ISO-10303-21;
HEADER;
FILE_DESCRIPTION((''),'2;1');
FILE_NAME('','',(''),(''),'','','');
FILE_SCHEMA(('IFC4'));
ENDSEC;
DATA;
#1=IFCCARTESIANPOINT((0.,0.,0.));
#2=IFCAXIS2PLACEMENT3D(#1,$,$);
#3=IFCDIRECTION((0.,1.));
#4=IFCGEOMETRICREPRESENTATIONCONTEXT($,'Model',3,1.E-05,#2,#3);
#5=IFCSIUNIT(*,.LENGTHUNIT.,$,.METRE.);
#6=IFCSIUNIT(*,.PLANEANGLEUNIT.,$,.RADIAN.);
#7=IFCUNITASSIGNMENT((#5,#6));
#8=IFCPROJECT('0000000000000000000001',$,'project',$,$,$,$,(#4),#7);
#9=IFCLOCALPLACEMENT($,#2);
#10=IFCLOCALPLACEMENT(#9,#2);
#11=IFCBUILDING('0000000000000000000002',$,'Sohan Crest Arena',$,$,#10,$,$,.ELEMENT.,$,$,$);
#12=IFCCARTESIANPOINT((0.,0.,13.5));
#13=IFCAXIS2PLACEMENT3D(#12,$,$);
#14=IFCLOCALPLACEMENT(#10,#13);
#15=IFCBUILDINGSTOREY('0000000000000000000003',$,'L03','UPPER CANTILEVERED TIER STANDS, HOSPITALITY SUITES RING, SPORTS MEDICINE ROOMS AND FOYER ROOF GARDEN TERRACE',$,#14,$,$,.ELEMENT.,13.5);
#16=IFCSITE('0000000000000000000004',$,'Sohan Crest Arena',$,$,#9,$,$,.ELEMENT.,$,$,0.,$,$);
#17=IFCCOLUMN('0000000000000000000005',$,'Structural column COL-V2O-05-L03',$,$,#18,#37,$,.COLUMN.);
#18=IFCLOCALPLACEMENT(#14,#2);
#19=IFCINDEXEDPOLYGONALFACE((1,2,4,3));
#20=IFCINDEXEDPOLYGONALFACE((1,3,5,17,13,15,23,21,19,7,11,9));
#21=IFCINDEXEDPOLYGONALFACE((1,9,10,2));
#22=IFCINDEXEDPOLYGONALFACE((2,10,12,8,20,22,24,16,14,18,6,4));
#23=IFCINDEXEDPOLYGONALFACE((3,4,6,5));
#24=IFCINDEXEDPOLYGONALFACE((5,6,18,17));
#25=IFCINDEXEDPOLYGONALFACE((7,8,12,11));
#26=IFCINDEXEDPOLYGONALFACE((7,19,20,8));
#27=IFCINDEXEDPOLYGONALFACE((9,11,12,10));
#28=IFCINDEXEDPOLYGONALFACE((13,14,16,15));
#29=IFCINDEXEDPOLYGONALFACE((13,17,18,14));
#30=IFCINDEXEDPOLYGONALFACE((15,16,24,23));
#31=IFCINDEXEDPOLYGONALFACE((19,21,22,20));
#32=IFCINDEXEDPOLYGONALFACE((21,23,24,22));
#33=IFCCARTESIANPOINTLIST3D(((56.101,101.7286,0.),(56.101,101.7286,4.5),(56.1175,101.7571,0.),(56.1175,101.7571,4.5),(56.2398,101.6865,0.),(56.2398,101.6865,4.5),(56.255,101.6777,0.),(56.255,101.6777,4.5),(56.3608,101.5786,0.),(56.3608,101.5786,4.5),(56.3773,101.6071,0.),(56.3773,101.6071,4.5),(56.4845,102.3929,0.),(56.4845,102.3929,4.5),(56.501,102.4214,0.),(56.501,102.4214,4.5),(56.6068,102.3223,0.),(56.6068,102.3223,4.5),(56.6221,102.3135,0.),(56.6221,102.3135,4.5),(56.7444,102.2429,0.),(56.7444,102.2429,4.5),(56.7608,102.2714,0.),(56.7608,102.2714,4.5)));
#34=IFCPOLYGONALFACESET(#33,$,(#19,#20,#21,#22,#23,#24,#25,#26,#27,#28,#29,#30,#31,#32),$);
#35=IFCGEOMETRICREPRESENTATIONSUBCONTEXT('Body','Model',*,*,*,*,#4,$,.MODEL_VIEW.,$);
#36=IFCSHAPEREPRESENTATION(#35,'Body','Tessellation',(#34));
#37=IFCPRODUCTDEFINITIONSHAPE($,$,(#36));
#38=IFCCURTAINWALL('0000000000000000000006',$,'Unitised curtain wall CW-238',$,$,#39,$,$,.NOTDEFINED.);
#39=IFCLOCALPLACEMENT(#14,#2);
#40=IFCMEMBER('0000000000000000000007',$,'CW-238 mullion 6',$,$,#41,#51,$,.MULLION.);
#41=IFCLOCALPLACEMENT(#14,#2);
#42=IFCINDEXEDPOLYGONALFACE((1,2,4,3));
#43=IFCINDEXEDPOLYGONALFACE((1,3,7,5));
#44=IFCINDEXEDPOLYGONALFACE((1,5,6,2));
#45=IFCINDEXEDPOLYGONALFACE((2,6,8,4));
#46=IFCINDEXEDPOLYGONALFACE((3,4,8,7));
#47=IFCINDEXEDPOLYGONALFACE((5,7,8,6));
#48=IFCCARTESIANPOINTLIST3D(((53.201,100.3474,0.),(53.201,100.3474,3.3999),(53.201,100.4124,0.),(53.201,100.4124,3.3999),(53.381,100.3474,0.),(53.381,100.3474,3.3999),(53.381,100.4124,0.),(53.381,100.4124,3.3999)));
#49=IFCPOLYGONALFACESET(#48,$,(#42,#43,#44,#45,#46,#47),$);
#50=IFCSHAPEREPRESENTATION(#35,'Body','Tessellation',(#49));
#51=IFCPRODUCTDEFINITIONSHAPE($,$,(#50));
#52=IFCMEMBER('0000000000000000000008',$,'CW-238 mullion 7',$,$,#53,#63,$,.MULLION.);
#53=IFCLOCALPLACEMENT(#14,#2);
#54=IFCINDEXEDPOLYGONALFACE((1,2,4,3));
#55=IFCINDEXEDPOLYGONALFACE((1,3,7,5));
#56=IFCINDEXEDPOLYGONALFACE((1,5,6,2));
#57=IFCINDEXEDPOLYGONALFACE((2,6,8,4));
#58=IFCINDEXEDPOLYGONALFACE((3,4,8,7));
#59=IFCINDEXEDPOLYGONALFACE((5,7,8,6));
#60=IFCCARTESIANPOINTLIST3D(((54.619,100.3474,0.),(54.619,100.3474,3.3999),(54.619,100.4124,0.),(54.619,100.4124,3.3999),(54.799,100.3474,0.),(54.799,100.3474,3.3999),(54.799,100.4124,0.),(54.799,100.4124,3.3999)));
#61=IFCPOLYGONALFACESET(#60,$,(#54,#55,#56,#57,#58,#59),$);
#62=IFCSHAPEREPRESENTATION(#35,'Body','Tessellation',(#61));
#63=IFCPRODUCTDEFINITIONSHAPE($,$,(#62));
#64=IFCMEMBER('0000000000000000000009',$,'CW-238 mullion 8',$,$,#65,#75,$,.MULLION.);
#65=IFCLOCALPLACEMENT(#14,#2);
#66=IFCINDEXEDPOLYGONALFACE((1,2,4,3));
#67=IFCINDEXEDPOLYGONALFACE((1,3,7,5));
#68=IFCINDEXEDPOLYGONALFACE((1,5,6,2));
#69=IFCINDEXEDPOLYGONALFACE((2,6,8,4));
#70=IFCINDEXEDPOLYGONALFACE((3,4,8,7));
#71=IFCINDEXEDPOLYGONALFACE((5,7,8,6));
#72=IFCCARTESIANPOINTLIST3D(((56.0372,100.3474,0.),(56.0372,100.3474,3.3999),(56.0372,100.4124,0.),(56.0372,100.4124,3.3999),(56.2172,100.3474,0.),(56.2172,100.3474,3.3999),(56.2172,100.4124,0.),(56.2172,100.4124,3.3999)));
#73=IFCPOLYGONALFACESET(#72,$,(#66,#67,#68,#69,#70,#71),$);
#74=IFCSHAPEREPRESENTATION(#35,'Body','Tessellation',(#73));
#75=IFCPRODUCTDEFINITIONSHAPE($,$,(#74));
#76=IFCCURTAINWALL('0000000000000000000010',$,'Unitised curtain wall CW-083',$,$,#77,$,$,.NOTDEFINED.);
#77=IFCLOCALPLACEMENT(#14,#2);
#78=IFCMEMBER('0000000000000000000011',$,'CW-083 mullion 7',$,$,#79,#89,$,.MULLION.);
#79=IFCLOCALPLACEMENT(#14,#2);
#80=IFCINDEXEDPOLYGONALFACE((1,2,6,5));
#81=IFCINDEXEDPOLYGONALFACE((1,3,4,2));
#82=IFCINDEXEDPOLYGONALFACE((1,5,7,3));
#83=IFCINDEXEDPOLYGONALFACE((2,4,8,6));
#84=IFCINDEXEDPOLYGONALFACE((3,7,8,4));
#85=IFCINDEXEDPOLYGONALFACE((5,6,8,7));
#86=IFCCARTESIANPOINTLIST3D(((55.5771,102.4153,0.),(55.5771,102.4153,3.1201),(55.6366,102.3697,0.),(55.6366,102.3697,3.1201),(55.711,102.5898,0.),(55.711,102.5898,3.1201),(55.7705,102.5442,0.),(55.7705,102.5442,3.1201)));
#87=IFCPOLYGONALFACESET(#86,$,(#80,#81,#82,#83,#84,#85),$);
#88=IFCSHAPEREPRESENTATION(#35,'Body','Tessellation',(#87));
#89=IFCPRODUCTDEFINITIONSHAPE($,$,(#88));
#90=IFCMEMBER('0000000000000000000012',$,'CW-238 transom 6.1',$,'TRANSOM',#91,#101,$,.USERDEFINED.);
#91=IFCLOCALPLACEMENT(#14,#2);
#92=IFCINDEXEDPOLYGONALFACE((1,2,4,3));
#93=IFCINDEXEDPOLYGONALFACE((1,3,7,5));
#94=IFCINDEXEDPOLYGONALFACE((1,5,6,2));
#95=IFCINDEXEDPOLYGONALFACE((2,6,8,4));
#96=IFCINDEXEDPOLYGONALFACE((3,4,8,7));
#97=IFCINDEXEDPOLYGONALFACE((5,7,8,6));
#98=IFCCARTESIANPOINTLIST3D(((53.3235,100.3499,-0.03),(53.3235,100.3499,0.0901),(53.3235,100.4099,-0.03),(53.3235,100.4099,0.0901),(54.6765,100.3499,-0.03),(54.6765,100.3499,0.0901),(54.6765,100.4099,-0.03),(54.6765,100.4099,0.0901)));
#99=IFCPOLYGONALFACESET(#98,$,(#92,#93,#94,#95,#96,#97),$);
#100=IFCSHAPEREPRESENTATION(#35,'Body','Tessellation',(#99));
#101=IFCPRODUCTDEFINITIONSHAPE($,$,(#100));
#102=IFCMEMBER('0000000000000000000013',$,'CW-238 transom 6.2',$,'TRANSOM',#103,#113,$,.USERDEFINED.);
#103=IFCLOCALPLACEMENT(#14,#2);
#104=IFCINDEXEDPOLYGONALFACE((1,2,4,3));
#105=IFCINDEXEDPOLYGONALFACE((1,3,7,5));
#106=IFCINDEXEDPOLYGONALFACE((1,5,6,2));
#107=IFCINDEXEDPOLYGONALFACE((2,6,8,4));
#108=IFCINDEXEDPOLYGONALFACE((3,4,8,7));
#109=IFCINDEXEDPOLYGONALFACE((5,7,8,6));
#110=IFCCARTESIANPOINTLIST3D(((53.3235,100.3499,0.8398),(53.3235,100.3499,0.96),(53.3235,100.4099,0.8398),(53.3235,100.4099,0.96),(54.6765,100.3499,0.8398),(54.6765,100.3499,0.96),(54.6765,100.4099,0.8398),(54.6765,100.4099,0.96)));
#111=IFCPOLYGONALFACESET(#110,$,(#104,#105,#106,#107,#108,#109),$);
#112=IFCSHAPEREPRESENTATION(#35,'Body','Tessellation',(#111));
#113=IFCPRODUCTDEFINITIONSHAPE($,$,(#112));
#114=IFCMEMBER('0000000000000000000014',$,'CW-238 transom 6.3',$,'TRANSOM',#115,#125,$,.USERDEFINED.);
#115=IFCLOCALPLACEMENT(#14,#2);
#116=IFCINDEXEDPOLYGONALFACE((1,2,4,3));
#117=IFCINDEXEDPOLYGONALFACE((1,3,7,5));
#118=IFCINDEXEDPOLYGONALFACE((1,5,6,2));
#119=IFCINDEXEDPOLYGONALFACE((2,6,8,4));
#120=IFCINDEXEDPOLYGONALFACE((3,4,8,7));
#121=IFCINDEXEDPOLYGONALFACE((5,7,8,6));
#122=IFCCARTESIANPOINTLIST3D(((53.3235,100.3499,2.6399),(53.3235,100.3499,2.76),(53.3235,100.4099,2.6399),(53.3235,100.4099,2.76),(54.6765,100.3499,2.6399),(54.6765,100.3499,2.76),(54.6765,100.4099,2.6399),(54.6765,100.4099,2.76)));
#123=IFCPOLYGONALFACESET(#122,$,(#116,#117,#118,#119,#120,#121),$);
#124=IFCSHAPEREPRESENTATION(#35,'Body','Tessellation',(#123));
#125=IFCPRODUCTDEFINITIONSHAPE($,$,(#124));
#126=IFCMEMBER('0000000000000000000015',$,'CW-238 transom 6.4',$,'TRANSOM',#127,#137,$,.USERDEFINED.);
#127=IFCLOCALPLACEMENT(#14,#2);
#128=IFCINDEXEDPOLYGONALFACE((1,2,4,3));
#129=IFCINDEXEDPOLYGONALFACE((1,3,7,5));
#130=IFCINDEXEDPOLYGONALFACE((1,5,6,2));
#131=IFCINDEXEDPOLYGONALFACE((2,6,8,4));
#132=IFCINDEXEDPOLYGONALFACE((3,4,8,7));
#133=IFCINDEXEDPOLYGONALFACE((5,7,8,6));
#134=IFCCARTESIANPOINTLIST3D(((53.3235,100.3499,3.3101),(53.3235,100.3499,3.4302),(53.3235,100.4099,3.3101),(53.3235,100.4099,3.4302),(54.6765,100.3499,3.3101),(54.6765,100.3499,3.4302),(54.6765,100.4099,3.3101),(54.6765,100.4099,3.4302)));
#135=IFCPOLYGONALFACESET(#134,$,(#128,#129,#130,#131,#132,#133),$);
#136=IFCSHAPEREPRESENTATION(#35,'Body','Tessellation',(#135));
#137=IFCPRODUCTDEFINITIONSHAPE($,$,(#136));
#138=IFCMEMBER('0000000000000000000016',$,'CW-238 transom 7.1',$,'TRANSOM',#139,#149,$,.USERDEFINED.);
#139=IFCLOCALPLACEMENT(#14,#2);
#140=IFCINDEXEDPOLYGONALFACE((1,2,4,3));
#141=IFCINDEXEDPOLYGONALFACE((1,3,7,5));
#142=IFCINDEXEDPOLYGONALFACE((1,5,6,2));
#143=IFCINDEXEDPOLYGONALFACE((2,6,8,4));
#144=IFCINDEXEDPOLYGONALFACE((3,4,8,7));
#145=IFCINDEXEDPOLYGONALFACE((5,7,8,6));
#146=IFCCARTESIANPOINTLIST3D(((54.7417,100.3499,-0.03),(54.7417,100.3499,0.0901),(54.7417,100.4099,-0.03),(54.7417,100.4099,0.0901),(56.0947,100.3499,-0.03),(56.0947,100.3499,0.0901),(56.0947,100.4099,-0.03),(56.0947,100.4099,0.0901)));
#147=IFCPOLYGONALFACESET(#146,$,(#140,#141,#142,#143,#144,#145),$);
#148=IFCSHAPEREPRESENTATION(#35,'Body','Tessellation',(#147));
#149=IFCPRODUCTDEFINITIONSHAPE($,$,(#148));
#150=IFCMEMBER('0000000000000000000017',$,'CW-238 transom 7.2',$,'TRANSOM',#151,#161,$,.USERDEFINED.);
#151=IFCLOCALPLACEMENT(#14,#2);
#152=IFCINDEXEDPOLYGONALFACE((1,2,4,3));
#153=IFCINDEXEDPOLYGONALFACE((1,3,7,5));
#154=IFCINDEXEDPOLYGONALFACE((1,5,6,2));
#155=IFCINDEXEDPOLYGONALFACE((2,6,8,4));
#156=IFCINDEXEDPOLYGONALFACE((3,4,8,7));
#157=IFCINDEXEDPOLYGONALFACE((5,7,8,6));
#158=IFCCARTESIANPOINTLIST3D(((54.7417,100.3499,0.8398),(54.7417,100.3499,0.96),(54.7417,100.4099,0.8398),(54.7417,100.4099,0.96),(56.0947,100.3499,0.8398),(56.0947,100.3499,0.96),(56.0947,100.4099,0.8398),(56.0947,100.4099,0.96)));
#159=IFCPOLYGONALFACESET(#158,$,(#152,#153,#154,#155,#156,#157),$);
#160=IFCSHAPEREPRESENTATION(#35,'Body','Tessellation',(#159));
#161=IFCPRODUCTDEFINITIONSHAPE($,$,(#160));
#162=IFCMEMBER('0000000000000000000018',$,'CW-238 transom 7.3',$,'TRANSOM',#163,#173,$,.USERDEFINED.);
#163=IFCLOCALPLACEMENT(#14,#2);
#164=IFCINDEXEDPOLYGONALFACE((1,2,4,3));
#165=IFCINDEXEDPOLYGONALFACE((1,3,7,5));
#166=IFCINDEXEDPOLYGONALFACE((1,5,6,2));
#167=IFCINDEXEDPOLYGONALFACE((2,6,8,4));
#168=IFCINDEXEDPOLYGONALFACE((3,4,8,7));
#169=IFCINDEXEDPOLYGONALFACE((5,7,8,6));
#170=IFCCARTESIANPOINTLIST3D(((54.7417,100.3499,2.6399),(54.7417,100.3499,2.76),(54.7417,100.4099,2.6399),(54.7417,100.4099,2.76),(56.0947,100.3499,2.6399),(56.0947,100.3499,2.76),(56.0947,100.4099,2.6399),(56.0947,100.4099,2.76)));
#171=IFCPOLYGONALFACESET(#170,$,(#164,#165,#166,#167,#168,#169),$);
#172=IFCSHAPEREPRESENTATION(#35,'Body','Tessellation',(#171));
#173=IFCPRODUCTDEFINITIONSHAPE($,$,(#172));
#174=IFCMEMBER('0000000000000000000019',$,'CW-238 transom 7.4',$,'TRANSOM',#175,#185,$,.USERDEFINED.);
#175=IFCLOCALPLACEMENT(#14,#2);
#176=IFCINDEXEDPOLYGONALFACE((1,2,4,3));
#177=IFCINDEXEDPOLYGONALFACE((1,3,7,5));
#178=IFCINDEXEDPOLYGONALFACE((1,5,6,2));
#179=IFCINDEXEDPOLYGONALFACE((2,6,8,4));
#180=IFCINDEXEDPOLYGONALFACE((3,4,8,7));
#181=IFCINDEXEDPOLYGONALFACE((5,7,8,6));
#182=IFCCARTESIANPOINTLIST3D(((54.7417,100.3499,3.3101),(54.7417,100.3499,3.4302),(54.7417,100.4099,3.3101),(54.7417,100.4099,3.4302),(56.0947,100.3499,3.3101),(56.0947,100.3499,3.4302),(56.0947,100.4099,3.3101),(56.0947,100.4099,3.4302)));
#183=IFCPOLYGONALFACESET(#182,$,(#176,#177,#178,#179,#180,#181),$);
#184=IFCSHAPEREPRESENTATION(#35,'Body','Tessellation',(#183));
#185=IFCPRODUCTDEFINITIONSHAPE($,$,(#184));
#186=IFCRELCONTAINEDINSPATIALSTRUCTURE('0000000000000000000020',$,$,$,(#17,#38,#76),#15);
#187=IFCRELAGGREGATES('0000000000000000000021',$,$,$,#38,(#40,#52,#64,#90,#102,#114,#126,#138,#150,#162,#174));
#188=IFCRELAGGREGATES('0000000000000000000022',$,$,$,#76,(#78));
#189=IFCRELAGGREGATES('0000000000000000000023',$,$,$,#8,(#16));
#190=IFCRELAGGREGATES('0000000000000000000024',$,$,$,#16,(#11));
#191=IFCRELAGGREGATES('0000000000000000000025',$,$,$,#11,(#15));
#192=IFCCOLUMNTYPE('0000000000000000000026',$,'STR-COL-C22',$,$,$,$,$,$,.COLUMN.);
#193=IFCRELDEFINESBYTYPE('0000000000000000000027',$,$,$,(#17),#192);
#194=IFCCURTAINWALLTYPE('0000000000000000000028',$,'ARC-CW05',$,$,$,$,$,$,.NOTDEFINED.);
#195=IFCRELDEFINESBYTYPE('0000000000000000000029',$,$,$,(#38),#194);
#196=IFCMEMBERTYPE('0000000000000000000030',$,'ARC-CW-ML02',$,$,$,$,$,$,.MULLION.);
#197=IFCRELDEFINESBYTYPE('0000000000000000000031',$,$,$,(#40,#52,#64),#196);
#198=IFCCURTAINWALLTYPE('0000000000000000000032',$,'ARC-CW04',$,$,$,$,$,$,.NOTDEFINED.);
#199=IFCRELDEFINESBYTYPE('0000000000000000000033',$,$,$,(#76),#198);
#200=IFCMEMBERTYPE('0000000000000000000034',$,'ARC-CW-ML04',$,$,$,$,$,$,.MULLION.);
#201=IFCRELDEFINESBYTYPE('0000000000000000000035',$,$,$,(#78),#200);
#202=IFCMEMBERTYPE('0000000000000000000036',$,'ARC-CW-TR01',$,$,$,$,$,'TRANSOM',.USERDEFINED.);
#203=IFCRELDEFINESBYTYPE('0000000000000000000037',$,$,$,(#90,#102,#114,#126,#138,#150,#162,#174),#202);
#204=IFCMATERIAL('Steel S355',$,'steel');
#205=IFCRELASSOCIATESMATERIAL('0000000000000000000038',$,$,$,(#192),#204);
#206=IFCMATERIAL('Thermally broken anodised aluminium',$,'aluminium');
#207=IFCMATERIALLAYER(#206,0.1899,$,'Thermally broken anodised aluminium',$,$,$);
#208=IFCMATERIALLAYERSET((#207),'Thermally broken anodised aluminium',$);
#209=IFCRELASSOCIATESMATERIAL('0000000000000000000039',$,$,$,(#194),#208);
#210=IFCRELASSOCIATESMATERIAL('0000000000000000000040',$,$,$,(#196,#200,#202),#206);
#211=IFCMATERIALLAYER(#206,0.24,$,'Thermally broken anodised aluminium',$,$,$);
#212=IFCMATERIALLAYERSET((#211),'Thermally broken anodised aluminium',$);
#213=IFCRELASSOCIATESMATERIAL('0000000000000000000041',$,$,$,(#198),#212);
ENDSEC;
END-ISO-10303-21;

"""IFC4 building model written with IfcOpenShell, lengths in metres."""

from ifc_helpers import new_model, si_unit, direction, frame, origin, origin_2d, place, context, subcontext, project, spatial, rectangle, i_section, extrude, material, layer, layer_set, material_profile, profile_set, type_object, element, aggregate, save


model = new_model("IFC4")

# Units and contexts
model_context = context("Model", 3, precision=1e-05, world=origin(), true_north=direction((0.0, 1.0)))
body_context = subcontext(model_context, "Body", "Model", "MODEL_VIEW")
ifc_project = project(units=[si_unit("LENGTHUNIT", "METRE"), si_unit("PLANEANGLEUNIT", "RADIAN")], contexts=[model_context])

# Site, building, storey
site_placement = place(None, origin())
site = spatial("IfcSite", under=ifc_project, at=site_placement, Name="Sohan Crest Arena", CompositionType="ELEMENT", RefElevation=0.0)
building_placement = place(site_placement, origin())
building = spatial("IfcBuilding", under=site, at=building_placement, Name="Sohan Crest Arena", CompositionType="ELEMENT")
storey_placement = place(building_placement, frame((0.0, 0.0, 13.5)))
storey = spatial("IfcBuildingStorey", under=building, at=storey_placement, Name="L03", Description="UPPER CANTILEVERED TIER STANDS, HOSPITALITY SUITES RING, SPORTS MEDICINE ROOMS AND FOYER ROOF GARDEN TERRACE", CompositionType="ELEMENT", Elevation=13.5)

# Column
ifc_material_1 = material(Name="Steel S355", Category="steel")
ifc_material_profile_1 = material_profile(ifc_material_1, i_section(OverallWidth=0.3, OverallDepth=0.8, WebThickness=0.0176, FlangeThickness=0.033, at=origin_2d()), Name="HEB 800")
ifc_profile_set_1 = profile_set([ifc_material_profile_1], Name="Steel S355")
column_type = type_object("IfcColumnType", Name="STR-COL-C22", PredefinedType="COLUMN", material=ifc_profile_set_1)
column_placement = place(storey_placement, frame((56.4309, 102.0, 0.0), z_axis=(0.0, 0.0, 1.0), x_axis=(-0.866025, 0.5, 0.0)))
element("IfcColumn", 1, at=column_placement, inside=storey, type_object=column_type, Name="Structural column COL-V2O-05-L03", PredefinedType="COLUMN", context=body_context, shape_type="SweptSolid", body=[
    extrude(i_section(OverallWidth=0.3, OverallDepth=0.8, WebThickness=0.0176, FlangeThickness=0.033, at=origin_2d()), origin(), (0.0, 0.0, 1.0), 4.5),
])

# Curtain wall, members
ifc_material_2 = material(Name="Thermally broken anodised aluminium", Category="aluminium")
ifc_layer_1 = layer(ifc_material_2, 0.1899, Name="Thermally broken anodised aluminium")
ifc_layer_set_1 = layer_set([ifc_layer_1], Name="Thermally broken anodised aluminium")
curtain_wall_type_1 = type_object("IfcCurtainWallType", Name="ARC-CW05", PredefinedType="NOTDEFINED", material=ifc_layer_set_1)
curtain_wall_1_placement = place(storey_placement, origin())
curtain_wall_1 = element("IfcCurtainWall", 2, at=curtain_wall_1_placement, inside=storey, type_object=curtain_wall_type_1, Name="Unitised curtain wall CW-238", PredefinedType="NOTDEFINED")
ifc_material_profile_2 = material_profile(ifc_material_2, rectangle(XDim=0.0649, YDim=0.1799, at=origin_2d()), Name="ALU-MULL 65x180")
ifc_profile_set_2 = profile_set([ifc_material_profile_2], Name="Thermally broken anodised aluminium")
member_type_1 = type_object("IfcMemberType", Name="ARC-CW-ML02", PredefinedType="MULLION", material=ifc_profile_set_2)
member_1_placement = place(storey_placement, frame((53.291, 100.3799, 0.0), z_axis=(0.0, 0.0, 1.0), x_axis=(0.0, 1.0, 0.0)))
member_1 = element("IfcMember", 3, at=member_1_placement, type_object=member_type_1, Name="CW-238 mullion 6", PredefinedType="MULLION", context=body_context, shape_type="SweptSolid", body=[
    extrude(rectangle(XDim=0.0649, YDim=0.1799, at=origin_2d()), origin(), (0.0, 0.0, 1.0), 3.3999),
])
member_2_placement = place(storey_placement, frame((54.709, 100.3799, 0.0), z_axis=(0.0, 0.0, 1.0), x_axis=(0.0, 1.0, 0.0)))
member_2 = element("IfcMember", 4, at=member_2_placement, type_object=member_type_1, Name="CW-238 mullion 7", PredefinedType="MULLION", context=body_context, shape_type="SweptSolid", body=[
    extrude(rectangle(XDim=0.0649, YDim=0.1799, at=origin_2d()), origin(), (0.0, 0.0, 1.0), 3.3999),
])
member_3_placement = place(storey_placement, frame((56.1272, 100.3799, 0.0), z_axis=(0.0, 0.0, 1.0), x_axis=(0.0, 1.0, 0.0)))
member_3 = element("IfcMember", 5, at=member_3_placement, type_object=member_type_1, Name="CW-238 mullion 8", PredefinedType="MULLION", context=body_context, shape_type="SweptSolid", body=[
    extrude(rectangle(XDim=0.0649, YDim=0.1799, at=origin_2d()), origin(), (0.0, 0.0, 1.0), 3.3999),
])

# Curtain wall, member
ifc_layer_2 = layer(ifc_material_2, 0.24, Name="Thermally broken anodised aluminium")
ifc_layer_set_2 = layer_set([ifc_layer_2], Name="Thermally broken anodised aluminium")
curtain_wall_type_2 = type_object("IfcCurtainWallType", Name="ARC-CW04", PredefinedType="NOTDEFINED", material=ifc_layer_set_2)
curtain_wall_2_placement = place(storey_placement, origin())
curtain_wall_2 = element("IfcCurtainWall", 6, at=curtain_wall_2_placement, inside=storey, type_object=curtain_wall_type_2, Name="Unitised curtain wall CW-083", PredefinedType="NOTDEFINED")
ifc_material_profile_3 = material_profile(ifc_material_2, rectangle(XDim=0.075, YDim=0.22, at=origin_2d()), Name="ALU-MULL 75x220")
ifc_profile_set_3 = profile_set([ifc_material_profile_3], Name="Thermally broken anodised aluminium")
member_type_2 = type_object("IfcMemberType", Name="ARC-CW-ML04", PredefinedType="MULLION", material=ifc_profile_set_3)
member_4_placement = place(storey_placement, frame((55.6738, 102.4797, 0.0), z_axis=(0.0, 0.0, 1.0), x_axis=(0.793372, -0.608737, 0.0)))
member_4 = element("IfcMember", 7, at=member_4_placement, type_object=member_type_2, Name="CW-083 mullion 7", PredefinedType="MULLION", context=body_context, shape_type="SweptSolid", body=[
    extrude(rectangle(XDim=0.075, YDim=0.22, at=origin_2d()), origin(), (0.0, 0.0, 1.0), 3.1201),
])

# Members
ifc_material_profile_4 = material_profile(ifc_material_2, rectangle(XDim=0.0601, YDim=0.1201, at=origin_2d()), Name="ALU-TRAN 60x120")
ifc_profile_set_4 = profile_set([ifc_material_profile_4], Name="Thermally broken anodised aluminium")
member_type_3 = type_object("IfcMemberType", Name="ARC-CW-TR01", ElementType="TRANSOM", PredefinedType="USERDEFINED", material=ifc_profile_set_4)
member_5_placement = place(storey_placement, frame((53.3235, 100.3799, 0.03), z_axis=(1.0, 0.0, 0.0), x_axis=(0.0, 1.0, 0.0)))
member_5 = element("IfcMember", 8, at=member_5_placement, type_object=member_type_3, Name="CW-238 transom 6.1", ObjectType="TRANSOM", PredefinedType="USERDEFINED", context=body_context, shape_type="SweptSolid", body=[
    extrude(rectangle(XDim=0.0601, YDim=0.1201, at=origin_2d()), origin(), (0.0, 0.0, 1.0), 1.353),
])
member_6_placement = place(storey_placement, frame((53.3235, 100.3799, 0.8999), z_axis=(1.0, 0.0, 0.0), x_axis=(0.0, 1.0, 0.0)))
member_6 = element("IfcMember", 9, at=member_6_placement, type_object=member_type_3, Name="CW-238 transom 6.2", ObjectType="TRANSOM", PredefinedType="USERDEFINED", context=body_context, shape_type="SweptSolid", body=[
    extrude(rectangle(XDim=0.0601, YDim=0.1201, at=origin_2d()), origin(), (0.0, 0.0, 1.0), 1.353),
])
member_7_placement = place(storey_placement, frame((53.3235, 100.3799, 2.7), z_axis=(1.0, 0.0, 0.0), x_axis=(0.0, 1.0, 0.0)))
member_7 = element("IfcMember", 10, at=member_7_placement, type_object=member_type_3, Name="CW-238 transom 6.3", ObjectType="TRANSOM", PredefinedType="USERDEFINED", context=body_context, shape_type="SweptSolid", body=[
    extrude(rectangle(XDim=0.0601, YDim=0.1201, at=origin_2d()), origin(), (0.0, 0.0, 1.0), 1.353),
])
member_8_placement = place(storey_placement, frame((53.3235, 100.3799, 3.3701), z_axis=(1.0, 0.0, 0.0), x_axis=(0.0, 1.0, 0.0)))
member_8 = element("IfcMember", 11, at=member_8_placement, type_object=member_type_3, Name="CW-238 transom 6.4", ObjectType="TRANSOM", PredefinedType="USERDEFINED", context=body_context, shape_type="SweptSolid", body=[
    extrude(rectangle(XDim=0.0601, YDim=0.1201, at=origin_2d()), origin(), (0.0, 0.0, 1.0), 1.353),
])
member_9_placement = place(storey_placement, frame((54.7417, 100.3799, 0.03), z_axis=(1.0, 0.0, 0.0), x_axis=(0.0, 1.0, 0.0)))
member_9 = element("IfcMember", 12, at=member_9_placement, type_object=member_type_3, Name="CW-238 transom 7.1", ObjectType="TRANSOM", PredefinedType="USERDEFINED", context=body_context, shape_type="SweptSolid", body=[
    extrude(rectangle(XDim=0.0601, YDim=0.1201, at=origin_2d()), origin(), (0.0, 0.0, 1.0), 1.353),
])
member_10_placement = place(storey_placement, frame((54.7417, 100.3799, 0.8999), z_axis=(1.0, 0.0, 0.0), x_axis=(0.0, 1.0, 0.0)))
member_10 = element("IfcMember", 13, at=member_10_placement, type_object=member_type_3, Name="CW-238 transom 7.2", ObjectType="TRANSOM", PredefinedType="USERDEFINED", context=body_context, shape_type="SweptSolid", body=[
    extrude(rectangle(XDim=0.0601, YDim=0.1201, at=origin_2d()), origin(), (0.0, 0.0, 1.0), 1.353),
])
member_11_placement = place(storey_placement, frame((54.7417, 100.3799, 2.7), z_axis=(1.0, 0.0, 0.0), x_axis=(0.0, 1.0, 0.0)))
member_11 = element("IfcMember", 14, at=member_11_placement, type_object=member_type_3, Name="CW-238 transom 7.3", ObjectType="TRANSOM", PredefinedType="USERDEFINED", context=body_context, shape_type="SweptSolid", body=[
    extrude(rectangle(XDim=0.0601, YDim=0.1201, at=origin_2d()), origin(), (0.0, 0.0, 1.0), 1.353),
])
member_12_placement = place(storey_placement, frame((54.7417, 100.3799, 3.3701), z_axis=(1.0, 0.0, 0.0), x_axis=(0.0, 1.0, 0.0)))
member_12 = element("IfcMember", 15, at=member_12_placement, type_object=member_type_3, Name="CW-238 transom 7.4", ObjectType="TRANSOM", PredefinedType="USERDEFINED", context=body_context, shape_type="SweptSolid", body=[
    extrude(rectangle(XDim=0.0601, YDim=0.1201, at=origin_2d()), origin(), (0.0, 0.0, 1.0), 1.353),
])

aggregate(curtain_wall_1, [member_1, member_2, member_3, member_5, member_6, member_7, member_8, member_9, member_10, member_11, member_12])
aggregate(curtain_wall_2, [member_4])

save(model, "model.ifc")
